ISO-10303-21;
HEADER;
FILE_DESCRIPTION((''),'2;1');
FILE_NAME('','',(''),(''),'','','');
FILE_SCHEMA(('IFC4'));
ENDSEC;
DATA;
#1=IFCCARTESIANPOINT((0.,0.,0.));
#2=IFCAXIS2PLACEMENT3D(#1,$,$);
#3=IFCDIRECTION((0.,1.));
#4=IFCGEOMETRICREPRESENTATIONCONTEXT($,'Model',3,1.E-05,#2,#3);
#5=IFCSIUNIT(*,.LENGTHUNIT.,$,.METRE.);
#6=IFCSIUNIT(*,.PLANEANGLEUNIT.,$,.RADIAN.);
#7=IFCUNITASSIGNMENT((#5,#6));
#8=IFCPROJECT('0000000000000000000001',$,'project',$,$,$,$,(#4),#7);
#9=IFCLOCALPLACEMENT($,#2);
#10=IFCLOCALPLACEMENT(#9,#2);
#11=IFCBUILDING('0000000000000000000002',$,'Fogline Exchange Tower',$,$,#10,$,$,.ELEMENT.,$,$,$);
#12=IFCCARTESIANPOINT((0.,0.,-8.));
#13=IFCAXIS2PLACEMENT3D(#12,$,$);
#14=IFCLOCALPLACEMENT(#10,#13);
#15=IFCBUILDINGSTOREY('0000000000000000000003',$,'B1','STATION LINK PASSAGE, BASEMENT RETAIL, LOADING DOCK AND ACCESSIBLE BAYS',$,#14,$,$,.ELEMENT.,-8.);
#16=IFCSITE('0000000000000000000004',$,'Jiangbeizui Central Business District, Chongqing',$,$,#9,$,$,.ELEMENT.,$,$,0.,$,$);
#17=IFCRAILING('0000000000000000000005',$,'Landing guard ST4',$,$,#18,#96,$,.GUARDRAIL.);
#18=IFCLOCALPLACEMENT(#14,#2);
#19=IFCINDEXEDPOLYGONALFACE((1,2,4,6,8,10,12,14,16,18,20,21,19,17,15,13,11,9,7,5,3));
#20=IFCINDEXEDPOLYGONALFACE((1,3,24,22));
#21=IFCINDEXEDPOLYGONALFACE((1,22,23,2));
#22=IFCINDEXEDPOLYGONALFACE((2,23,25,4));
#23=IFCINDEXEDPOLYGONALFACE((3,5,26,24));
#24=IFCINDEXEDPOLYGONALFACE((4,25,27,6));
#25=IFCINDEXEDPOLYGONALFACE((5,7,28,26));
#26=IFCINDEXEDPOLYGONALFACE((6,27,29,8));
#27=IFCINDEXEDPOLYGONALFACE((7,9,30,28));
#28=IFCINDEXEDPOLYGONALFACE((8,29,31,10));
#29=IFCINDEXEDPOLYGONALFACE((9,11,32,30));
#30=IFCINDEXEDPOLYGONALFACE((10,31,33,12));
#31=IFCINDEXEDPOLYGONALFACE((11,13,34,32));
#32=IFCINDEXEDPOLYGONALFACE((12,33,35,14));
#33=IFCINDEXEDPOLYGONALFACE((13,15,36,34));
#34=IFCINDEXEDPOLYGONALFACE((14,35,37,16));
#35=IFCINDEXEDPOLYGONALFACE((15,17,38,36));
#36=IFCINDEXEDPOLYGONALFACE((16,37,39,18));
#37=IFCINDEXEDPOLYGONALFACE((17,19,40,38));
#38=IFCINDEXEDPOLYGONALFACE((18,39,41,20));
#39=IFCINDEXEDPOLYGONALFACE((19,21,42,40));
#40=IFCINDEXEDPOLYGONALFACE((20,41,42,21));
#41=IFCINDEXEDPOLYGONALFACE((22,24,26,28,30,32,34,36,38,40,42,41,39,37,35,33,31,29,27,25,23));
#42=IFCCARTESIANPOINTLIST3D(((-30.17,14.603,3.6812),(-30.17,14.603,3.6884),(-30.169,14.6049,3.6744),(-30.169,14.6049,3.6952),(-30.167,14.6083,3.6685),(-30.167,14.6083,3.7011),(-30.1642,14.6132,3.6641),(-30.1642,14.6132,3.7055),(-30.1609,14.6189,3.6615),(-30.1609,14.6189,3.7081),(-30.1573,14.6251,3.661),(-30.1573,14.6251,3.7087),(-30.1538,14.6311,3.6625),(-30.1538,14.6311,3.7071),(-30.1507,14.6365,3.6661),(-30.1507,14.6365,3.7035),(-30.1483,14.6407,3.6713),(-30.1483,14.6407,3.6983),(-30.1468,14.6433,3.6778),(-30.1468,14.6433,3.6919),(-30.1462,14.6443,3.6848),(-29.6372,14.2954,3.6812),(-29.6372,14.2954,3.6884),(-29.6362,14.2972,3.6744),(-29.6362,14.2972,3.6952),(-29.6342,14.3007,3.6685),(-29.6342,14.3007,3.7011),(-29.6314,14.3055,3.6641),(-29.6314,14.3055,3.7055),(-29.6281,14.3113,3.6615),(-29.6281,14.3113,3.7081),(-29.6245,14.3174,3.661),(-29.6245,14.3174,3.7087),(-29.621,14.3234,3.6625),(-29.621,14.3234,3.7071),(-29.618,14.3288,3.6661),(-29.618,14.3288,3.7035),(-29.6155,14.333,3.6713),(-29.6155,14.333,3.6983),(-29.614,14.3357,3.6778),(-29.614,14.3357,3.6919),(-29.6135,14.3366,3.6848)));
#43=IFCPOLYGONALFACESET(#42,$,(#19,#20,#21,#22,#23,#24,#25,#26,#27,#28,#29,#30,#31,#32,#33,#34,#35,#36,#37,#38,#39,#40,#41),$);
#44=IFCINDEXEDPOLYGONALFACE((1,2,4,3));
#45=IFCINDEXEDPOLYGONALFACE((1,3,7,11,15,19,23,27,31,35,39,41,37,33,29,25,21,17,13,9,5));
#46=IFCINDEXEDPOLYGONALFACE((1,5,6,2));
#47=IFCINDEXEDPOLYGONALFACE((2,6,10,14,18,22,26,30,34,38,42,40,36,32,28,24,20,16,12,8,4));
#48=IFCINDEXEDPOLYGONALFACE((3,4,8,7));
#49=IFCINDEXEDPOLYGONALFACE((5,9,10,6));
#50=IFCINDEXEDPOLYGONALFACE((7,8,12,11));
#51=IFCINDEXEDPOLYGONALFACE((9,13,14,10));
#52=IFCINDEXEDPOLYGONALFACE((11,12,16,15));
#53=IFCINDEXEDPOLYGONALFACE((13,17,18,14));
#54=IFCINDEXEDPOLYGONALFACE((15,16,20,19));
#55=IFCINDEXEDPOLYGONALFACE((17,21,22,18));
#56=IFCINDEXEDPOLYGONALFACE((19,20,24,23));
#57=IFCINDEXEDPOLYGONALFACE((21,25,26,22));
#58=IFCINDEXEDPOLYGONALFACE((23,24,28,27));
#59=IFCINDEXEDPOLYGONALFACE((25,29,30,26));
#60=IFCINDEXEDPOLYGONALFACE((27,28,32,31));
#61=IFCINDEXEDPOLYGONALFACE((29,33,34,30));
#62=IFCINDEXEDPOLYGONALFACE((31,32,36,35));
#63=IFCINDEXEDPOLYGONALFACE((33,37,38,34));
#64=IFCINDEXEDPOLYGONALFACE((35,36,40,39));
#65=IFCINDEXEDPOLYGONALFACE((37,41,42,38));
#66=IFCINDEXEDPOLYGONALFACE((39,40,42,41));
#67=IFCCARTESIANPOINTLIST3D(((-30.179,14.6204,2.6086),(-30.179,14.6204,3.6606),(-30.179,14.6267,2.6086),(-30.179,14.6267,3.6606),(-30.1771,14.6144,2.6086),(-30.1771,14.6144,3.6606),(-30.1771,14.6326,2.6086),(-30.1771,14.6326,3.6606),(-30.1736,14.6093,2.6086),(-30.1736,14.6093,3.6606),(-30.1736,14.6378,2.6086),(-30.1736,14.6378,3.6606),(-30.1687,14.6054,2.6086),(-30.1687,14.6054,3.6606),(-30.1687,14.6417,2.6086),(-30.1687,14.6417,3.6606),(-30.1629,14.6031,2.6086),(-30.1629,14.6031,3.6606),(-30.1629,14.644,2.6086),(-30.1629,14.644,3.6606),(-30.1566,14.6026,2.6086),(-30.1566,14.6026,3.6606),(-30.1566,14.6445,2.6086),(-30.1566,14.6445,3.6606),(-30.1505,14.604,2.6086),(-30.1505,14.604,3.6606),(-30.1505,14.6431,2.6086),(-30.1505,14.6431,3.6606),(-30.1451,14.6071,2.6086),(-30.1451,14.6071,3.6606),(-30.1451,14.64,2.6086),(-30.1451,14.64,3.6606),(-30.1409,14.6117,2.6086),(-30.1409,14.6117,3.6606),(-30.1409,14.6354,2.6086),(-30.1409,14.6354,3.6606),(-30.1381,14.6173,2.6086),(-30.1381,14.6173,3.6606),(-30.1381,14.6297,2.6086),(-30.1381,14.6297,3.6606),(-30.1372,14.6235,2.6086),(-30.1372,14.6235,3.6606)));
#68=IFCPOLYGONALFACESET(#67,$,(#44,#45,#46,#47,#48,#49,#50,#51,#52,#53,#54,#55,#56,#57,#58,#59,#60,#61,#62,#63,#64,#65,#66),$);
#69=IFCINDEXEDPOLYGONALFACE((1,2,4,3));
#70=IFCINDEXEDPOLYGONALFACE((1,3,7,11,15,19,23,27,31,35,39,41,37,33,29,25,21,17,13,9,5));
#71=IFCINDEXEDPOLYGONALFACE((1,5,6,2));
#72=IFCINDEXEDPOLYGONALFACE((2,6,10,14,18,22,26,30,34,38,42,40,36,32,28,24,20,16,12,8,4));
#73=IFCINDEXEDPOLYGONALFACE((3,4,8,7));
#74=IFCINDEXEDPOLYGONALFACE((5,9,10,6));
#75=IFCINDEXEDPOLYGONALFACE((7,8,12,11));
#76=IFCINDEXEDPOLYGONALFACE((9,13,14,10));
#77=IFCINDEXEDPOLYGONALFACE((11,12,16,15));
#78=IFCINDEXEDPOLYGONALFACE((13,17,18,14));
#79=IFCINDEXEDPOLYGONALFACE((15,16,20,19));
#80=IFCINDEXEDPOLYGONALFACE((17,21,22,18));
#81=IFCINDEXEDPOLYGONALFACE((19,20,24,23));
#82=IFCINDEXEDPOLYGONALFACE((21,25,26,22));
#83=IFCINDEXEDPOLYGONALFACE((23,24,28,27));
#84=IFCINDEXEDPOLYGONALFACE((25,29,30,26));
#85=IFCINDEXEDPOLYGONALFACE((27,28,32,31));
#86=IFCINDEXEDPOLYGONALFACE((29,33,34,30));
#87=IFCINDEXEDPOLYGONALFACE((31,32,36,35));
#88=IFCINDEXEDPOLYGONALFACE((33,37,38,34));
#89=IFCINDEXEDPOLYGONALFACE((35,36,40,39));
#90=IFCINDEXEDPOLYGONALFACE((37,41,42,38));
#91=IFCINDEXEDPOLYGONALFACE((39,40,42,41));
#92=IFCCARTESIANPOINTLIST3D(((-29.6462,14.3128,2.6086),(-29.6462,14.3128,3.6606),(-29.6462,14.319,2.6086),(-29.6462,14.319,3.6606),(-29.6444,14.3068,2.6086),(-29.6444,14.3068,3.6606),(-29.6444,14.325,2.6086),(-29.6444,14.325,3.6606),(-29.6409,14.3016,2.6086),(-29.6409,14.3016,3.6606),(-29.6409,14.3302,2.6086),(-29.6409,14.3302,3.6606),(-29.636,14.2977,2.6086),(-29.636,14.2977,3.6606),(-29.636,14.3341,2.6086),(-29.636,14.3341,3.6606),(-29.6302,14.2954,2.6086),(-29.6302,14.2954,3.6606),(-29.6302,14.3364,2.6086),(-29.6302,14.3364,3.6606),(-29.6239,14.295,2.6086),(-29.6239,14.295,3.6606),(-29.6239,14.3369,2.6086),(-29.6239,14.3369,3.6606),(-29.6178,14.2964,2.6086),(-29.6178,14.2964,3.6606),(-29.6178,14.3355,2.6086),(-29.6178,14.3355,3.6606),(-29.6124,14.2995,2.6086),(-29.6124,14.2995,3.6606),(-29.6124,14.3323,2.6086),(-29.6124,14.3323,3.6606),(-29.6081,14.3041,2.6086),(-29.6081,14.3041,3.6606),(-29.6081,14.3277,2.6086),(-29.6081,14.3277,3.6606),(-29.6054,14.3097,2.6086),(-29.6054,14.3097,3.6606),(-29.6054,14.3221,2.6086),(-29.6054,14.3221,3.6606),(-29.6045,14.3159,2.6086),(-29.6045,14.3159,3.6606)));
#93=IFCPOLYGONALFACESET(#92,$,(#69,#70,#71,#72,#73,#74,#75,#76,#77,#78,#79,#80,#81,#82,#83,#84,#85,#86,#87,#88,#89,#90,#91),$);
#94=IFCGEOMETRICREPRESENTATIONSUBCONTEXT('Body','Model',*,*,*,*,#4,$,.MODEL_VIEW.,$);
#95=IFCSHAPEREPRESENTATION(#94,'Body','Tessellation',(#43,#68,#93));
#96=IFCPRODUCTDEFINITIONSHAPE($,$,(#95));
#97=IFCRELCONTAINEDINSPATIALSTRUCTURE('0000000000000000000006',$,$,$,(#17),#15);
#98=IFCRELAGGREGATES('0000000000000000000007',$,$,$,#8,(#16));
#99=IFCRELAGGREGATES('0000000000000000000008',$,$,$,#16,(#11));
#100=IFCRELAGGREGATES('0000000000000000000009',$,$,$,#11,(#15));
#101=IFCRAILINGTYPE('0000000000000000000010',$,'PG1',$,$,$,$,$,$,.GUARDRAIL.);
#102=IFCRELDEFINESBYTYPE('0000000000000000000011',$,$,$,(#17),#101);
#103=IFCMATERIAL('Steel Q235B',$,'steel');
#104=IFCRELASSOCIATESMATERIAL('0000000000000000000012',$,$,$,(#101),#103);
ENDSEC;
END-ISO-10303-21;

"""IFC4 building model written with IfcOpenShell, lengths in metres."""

from ifc_helpers import new_model, si_unit, direction, frame, origin, origin_2d, place, context, subcontext, project, spatial, circle, extrude, material, type_object, element, save


model = new_model("IFC4")

# Units and contexts
model_context = context("Model", 3, precision=1e-05, world=origin(), true_north=direction((0.0, 1.0)))
body_context = subcontext(model_context, "Body", "Model", "MODEL_VIEW")
ifc_project = project(units=[si_unit("LENGTHUNIT", "METRE"), si_unit("PLANEANGLEUNIT", "RADIAN")], contexts=[model_context])

# Site, building, storey
site_placement = place(None, origin())
site = spatial("IfcSite", under=ifc_project, at=site_placement, Name="Jiangbeizui Central Business District, Chongqing", CompositionType="ELEMENT", RefElevation=0.0)
building_placement = place(site_placement, origin())
building = spatial("IfcBuilding", under=site, at=building_placement, Name="Fogline Exchange Tower", CompositionType="ELEMENT")
storey_placement = place(building_placement, frame((0.0, 0.0, -8.0)))
storey = spatial("IfcBuildingStorey", under=building, at=storey_placement, Name="B1", Description="STATION LINK PASSAGE, BASEMENT RETAIL, LOADING DOCK AND ACCESSIBLE BAYS", CompositionType="ELEMENT", Elevation=-8.0)

# Railing
ifc_material_1 = material(Name="Steel Q235B", Category="steel")
railing_type_1 = type_object("IfcRailingType", Name="PG1", PredefinedType="GUARDRAIL", material=ifc_material_1)
railing_1_placement = place(storey_placement, frame((-30.1582, 14.6235, 2.6086)))
element("IfcRailing", 1, at=railing_1_placement, inside=storey, type_object=railing_type_1, Name="Landing guard ST4", PredefinedType="GUARDRAIL", context=body_context, shape_type="SweptSolid", body=[
    extrude(circle(Radius=0.0239, at=origin_2d()), frame((0.0, 0.0, 1.0762), z_axis=(0.865987, -0.500066, 0.0), x_axis=(0.500066, 0.865987, 0.0)), (0.0, 0.0, 1.0), 0.6152),
    extrude(circle(Radius=0.021, at=origin_2d()), origin(), (0.0, 0.0, 1.0), 1.052),
    extrude(circle(Radius=0.021, at=origin_2d()), frame((0.5327, -0.3076, 0.0)), (0.0, 0.0, 1.0), 1.052),
])

save(model, "model.ifc")
